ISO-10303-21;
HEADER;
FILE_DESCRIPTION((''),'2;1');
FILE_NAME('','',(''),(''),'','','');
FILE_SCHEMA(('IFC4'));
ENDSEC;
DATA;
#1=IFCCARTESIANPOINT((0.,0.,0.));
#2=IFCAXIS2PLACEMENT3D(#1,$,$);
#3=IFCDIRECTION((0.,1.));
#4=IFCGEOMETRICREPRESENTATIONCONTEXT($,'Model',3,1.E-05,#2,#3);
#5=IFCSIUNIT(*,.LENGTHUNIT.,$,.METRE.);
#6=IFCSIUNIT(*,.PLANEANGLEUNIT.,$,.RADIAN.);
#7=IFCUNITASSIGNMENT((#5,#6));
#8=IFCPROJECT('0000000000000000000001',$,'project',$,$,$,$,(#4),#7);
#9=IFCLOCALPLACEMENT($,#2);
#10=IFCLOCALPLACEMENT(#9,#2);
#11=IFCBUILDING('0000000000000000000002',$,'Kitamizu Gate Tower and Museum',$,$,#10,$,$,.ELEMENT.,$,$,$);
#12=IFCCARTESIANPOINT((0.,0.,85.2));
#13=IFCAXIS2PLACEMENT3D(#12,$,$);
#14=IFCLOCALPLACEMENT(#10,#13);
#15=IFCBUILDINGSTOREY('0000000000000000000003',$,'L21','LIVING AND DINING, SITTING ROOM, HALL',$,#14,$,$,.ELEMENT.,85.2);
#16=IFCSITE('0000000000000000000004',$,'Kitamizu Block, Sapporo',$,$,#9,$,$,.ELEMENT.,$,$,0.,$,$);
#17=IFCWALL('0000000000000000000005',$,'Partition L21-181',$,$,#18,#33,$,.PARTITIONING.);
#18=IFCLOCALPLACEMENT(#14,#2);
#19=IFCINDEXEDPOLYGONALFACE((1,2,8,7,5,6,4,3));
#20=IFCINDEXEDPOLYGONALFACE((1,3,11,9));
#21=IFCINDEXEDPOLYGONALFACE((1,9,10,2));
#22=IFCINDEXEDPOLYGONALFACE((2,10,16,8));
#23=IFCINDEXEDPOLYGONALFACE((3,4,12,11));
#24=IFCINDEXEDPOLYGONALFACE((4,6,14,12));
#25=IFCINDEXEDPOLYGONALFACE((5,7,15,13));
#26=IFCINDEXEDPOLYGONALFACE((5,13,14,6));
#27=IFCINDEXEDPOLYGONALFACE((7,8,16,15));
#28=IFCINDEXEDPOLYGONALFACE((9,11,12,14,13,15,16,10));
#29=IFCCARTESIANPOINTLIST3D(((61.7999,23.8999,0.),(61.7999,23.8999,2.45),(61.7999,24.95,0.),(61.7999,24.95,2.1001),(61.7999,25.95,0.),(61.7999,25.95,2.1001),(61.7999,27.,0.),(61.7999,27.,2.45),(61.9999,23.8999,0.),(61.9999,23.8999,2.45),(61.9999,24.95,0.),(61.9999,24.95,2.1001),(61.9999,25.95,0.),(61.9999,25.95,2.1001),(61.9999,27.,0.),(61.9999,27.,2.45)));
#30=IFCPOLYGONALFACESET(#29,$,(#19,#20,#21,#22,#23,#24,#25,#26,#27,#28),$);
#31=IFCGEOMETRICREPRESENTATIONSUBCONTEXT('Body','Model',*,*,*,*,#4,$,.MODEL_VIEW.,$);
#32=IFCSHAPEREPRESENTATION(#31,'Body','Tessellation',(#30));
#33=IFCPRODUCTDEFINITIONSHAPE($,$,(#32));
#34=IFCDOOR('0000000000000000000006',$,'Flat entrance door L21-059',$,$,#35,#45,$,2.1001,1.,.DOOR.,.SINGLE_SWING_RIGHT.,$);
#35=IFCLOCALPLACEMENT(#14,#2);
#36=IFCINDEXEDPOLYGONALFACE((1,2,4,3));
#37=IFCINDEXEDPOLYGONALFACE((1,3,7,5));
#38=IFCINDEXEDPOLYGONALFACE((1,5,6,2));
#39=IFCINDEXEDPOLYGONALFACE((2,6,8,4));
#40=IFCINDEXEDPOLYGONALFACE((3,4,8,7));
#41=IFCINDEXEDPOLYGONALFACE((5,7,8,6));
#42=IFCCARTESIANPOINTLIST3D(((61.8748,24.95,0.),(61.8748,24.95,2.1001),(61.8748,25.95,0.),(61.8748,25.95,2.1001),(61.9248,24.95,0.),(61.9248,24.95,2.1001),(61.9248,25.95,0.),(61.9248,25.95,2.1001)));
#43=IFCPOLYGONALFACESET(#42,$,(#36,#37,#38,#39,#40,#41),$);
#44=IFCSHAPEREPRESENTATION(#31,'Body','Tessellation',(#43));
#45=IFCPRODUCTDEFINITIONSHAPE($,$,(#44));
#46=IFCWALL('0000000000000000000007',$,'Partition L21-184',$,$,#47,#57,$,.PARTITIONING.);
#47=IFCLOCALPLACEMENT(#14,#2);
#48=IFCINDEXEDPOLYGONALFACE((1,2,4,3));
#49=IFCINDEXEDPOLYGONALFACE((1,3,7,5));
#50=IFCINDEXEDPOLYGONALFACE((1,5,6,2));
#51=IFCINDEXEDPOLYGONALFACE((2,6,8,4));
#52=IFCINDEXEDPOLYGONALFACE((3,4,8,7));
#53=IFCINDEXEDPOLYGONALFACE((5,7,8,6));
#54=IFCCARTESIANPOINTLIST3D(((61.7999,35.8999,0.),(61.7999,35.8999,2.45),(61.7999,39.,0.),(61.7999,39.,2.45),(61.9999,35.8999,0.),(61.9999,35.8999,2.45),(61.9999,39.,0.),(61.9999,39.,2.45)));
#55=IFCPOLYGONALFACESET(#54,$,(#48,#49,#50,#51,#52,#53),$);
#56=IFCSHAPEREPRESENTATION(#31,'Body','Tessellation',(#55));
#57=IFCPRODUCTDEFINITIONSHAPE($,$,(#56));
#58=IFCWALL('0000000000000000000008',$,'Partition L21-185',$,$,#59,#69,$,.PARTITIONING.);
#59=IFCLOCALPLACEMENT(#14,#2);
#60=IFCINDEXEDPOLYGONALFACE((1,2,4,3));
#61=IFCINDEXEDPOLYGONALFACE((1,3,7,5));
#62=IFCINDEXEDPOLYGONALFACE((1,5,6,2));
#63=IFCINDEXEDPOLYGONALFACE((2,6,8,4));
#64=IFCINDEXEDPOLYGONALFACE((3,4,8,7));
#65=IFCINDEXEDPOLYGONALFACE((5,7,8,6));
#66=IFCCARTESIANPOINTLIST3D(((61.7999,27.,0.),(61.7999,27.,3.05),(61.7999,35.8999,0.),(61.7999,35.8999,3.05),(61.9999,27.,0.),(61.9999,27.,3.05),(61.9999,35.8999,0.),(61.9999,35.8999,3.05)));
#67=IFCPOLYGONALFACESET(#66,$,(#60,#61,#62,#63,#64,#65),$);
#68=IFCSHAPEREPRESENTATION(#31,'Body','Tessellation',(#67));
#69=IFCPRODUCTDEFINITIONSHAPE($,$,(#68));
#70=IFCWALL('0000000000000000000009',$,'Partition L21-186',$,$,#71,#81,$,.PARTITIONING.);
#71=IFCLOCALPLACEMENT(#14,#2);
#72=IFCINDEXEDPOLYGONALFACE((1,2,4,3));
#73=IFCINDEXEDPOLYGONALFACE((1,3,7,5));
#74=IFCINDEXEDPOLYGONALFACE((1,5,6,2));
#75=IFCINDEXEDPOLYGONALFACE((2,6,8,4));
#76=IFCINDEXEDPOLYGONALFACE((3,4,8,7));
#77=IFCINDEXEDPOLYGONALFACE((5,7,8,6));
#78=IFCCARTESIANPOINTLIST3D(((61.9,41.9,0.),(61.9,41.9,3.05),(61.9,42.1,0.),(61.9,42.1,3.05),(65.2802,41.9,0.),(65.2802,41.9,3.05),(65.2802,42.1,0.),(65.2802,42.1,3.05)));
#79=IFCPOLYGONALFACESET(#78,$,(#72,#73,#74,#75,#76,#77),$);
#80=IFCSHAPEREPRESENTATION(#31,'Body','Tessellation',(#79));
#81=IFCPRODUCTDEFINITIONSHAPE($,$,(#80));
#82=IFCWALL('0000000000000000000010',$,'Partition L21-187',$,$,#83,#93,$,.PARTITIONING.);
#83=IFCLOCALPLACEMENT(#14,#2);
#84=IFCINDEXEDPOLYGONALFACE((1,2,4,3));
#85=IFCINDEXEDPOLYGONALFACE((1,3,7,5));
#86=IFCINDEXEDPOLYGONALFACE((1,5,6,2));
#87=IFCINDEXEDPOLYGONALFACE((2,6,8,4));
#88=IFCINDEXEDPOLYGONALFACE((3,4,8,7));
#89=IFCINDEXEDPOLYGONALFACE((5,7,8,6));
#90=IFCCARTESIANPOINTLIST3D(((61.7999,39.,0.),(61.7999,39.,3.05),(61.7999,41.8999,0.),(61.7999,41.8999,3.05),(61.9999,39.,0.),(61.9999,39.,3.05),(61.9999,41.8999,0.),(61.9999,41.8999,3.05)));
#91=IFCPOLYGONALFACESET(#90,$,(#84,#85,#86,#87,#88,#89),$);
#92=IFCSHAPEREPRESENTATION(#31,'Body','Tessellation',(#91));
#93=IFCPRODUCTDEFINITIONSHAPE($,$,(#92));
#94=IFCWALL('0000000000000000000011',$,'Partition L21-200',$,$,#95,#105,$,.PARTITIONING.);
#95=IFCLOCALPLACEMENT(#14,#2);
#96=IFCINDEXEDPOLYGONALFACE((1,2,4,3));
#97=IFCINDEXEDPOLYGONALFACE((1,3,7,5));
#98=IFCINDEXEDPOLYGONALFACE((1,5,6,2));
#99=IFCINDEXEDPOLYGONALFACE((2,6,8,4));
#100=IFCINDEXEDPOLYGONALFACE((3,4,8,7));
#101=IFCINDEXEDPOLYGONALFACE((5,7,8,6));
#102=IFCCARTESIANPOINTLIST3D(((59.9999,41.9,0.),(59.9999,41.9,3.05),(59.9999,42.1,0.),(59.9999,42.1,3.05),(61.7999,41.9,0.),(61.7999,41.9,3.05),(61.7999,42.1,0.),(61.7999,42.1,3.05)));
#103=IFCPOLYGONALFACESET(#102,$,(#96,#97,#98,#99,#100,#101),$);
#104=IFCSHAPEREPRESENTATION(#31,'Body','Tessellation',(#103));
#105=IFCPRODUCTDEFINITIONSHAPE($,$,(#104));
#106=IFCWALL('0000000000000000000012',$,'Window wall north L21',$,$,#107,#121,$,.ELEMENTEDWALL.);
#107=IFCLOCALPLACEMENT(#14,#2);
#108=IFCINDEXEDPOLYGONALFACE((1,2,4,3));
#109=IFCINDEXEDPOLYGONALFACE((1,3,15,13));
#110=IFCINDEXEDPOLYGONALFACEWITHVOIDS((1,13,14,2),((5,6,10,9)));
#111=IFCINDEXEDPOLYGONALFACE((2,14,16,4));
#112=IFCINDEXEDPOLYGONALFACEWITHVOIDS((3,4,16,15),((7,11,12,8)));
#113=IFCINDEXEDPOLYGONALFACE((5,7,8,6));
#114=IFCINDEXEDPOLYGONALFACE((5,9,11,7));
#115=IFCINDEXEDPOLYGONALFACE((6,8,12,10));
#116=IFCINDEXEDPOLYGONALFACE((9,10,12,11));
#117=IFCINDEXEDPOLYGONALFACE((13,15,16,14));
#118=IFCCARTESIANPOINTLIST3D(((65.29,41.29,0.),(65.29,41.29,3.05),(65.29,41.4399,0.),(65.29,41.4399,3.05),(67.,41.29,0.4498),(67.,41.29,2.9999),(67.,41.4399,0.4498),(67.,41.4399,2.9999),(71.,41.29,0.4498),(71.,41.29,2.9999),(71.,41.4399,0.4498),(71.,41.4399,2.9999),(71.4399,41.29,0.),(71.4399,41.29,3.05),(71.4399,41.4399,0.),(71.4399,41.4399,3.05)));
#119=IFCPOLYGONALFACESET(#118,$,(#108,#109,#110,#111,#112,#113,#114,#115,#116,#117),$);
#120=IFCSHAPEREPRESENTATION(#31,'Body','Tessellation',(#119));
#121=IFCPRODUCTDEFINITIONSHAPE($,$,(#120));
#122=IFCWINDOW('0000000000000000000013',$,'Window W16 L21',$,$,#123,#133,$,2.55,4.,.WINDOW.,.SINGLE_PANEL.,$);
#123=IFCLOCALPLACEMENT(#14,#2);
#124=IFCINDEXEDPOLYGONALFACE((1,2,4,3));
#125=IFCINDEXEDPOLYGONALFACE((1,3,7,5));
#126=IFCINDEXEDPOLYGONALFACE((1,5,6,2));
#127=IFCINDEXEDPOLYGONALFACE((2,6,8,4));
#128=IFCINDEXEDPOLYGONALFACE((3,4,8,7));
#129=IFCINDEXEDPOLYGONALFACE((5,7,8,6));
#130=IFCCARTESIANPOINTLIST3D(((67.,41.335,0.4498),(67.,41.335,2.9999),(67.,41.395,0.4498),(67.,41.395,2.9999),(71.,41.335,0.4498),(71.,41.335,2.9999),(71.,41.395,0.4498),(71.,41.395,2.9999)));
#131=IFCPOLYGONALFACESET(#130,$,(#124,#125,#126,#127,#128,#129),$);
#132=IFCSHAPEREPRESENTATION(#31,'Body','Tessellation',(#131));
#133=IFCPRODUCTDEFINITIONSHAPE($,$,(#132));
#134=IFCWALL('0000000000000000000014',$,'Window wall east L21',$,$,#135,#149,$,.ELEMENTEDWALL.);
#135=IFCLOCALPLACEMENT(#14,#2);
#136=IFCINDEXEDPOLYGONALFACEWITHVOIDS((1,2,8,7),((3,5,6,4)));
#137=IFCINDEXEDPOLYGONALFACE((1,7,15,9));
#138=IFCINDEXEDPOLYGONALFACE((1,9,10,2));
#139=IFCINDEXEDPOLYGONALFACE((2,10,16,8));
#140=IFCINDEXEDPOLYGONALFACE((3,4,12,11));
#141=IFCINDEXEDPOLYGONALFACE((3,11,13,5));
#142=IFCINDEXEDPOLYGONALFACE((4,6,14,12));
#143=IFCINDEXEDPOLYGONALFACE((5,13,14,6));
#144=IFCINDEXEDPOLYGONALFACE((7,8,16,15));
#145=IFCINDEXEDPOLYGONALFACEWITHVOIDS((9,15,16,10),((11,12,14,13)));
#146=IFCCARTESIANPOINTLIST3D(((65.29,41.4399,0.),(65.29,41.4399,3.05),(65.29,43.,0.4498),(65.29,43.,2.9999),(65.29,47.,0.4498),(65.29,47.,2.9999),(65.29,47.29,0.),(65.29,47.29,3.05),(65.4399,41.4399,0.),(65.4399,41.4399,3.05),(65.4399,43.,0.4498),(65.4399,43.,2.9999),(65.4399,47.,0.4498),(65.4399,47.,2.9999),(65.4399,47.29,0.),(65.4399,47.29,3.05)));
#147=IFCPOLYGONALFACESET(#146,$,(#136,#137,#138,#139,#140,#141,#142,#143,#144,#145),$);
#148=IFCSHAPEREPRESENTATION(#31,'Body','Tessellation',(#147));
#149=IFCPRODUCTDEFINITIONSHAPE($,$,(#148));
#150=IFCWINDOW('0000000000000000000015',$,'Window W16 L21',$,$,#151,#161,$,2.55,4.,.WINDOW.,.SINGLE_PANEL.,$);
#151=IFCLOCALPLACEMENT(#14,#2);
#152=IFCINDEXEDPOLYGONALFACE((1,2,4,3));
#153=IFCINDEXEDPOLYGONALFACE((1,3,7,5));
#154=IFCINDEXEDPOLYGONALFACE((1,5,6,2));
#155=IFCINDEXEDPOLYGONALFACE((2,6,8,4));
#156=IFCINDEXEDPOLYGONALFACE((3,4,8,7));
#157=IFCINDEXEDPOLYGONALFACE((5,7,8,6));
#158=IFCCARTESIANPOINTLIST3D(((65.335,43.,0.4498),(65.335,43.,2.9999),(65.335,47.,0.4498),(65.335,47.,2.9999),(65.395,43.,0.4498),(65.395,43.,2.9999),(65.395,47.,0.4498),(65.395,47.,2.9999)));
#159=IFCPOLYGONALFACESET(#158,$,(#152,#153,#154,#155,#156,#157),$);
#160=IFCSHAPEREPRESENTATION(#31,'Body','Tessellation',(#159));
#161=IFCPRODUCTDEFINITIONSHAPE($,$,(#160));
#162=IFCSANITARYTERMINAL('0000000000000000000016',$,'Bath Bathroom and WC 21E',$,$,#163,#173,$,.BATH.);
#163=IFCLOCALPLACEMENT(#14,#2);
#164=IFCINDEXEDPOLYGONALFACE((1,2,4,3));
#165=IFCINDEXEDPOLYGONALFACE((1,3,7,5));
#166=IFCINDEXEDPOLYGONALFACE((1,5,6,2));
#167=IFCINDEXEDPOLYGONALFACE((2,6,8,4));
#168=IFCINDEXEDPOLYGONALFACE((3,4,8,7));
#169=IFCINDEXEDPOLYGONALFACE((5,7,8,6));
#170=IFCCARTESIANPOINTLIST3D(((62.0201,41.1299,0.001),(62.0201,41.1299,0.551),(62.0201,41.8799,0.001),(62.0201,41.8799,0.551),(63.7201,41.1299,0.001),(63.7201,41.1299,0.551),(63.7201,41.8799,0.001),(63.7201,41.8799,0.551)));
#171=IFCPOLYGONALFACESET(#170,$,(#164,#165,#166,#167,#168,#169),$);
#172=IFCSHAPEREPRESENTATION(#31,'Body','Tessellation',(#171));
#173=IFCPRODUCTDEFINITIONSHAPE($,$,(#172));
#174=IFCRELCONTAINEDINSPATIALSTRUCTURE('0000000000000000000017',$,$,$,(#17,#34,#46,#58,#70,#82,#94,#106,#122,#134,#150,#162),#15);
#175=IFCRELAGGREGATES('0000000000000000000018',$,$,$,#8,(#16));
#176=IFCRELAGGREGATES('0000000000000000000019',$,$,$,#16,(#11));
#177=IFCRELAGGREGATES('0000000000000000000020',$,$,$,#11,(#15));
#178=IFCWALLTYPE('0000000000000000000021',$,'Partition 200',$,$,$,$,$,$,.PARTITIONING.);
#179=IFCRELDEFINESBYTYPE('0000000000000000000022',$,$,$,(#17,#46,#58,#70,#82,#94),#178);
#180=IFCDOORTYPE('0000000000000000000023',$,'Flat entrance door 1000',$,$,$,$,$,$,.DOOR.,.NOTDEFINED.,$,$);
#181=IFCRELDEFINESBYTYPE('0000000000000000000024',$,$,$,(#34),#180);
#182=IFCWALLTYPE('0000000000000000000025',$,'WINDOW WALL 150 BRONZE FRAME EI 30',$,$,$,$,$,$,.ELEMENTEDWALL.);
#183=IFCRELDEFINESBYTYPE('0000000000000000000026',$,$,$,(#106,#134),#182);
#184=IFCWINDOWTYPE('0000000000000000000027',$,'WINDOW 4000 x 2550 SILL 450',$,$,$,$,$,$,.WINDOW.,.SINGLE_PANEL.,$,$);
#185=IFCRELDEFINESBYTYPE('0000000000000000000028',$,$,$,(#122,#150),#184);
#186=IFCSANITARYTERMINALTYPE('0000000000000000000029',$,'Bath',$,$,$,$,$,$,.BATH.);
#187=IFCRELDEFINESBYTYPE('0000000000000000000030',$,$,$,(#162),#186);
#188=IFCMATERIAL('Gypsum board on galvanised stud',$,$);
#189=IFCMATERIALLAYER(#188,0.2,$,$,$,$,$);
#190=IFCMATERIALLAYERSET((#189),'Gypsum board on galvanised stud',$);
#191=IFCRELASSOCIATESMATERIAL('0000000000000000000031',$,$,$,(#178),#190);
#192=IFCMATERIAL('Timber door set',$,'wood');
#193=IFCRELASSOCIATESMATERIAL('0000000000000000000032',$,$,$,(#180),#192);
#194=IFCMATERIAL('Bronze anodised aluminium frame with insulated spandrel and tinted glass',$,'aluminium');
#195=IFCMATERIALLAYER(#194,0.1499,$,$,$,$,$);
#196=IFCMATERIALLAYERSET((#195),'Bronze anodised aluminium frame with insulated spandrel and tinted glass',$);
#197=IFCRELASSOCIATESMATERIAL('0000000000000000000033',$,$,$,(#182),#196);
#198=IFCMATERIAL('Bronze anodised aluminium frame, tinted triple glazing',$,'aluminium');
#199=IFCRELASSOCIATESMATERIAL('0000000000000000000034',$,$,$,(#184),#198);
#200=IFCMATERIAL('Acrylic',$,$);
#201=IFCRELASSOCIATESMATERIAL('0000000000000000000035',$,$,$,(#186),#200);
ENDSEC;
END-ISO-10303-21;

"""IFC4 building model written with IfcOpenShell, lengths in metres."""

from ifc_helpers import new_model, si_unit, direction, frame, frame_2d, origin, origin_2d, place, context, subcontext, project, spatial, rectangle, extrude, material, layer, layer_set, type_object, element, fill, save


model = new_model("IFC4")

# Units and contexts
model_context = context("Model", 3, precision=1e-05, world=origin(), true_north=direction((0.0, 1.0)))
body_context = subcontext(model_context, "Body", "Model", "MODEL_VIEW")
ifc_project = project(units=[si_unit("LENGTHUNIT", "METRE"), si_unit("PLANEANGLEUNIT", "RADIAN")], contexts=[model_context])

# Site, building, storey
site_placement = place(None, origin())
site = spatial("IfcSite", under=ifc_project, at=site_placement, Name="Kitamizu Block, Sapporo", CompositionType="ELEMENT", RefElevation=0.0)
building_placement = place(site_placement, origin())
building = spatial("IfcBuilding", under=site, at=building_placement, Name="Kitamizu Gate Tower and Museum", CompositionType="ELEMENT")
storey_placement = place(building_placement, frame((0.0, 0.0, 85.2)))
storey = spatial("IfcBuildingStorey", under=building, at=storey_placement, Name="L21", Description="LIVING AND DINING, SITTING ROOM, HALL", CompositionType="ELEMENT", Elevation=85.2)

# Wall, opening, door
ifc_material_1 = material(Name="Gypsum board on galvanised stud")
ifc_layer_1 = layer(ifc_material_1, 0.2)
ifc_layer_set_1 = layer_set([ifc_layer_1], Name="Gypsum board on galvanised stud")
wall_type_1 = type_object("IfcWallType", Name="Partition 200", PredefinedType="PARTITIONING", material=ifc_layer_set_1)
wall_1_placement = place(storey_placement, frame((61.8999, 27.0, 0.0), z_axis=(0.0, 0.0, 1.0), x_axis=(0.0, -1.0, 0.0)))
wall_1 = element("IfcWall", 1, at=wall_1_placement, inside=storey, type_object=wall_type_1, Name="Partition L21-181", PredefinedType="PARTITIONING", context=body_context, shape_type="SweptSolid", body=[
    extrude(rectangle(XDim=3.1001, YDim=0.2, at=frame_2d((1.55, 0.0))), origin(), (0.0, 0.0, 1.0), 2.45),
])
opening_1_placement = place(wall_1_placement, frame((1.05, 0.0, 0.0)))
opening_1 = element("IfcOpeningElement", 2, at=opening_1_placement, cuts=wall_1, PredefinedType="OPENING", context=body_context, shape_type="SweptSolid", body=[
    extrude(rectangle(XDim=1.0, YDim=2.1001, at=frame_2d((0.5, 1.05))), frame((0.0, 0.1099, 0.0), z_axis=(0.0, -1.0, 0.0), x_axis=(1.0, 0.0, 0.0)), (0.0, 0.0, 1.0), 0.22),
])
ifc_material_2 = material(Name="Timber door set", Category="wood")
door_type_1 = type_object("IfcDoorType", Name="Flat entrance door 1000", OperationType="NOTDEFINED", PredefinedType="DOOR", material=ifc_material_2)
door_1_placement = place(opening_1_placement, origin())
door_1 = element("IfcDoor", 3, at=door_1_placement, inside=storey, type_object=door_type_1, Name="Flat entrance door L21-059", OperationType="SINGLE_SWING_RIGHT", OverallHeight=2.1001, OverallWidth=1.0, PredefinedType="DOOR", context=body_context, shape_type="SweptSolid", body=[
    extrude(rectangle(XDim=1.0, YDim=2.1001, at=frame_2d((0.5, 1.05))), frame((0.0, 0.0249, 0.0), z_axis=(0.0, -1.0, 0.0), x_axis=(1.0, 0.0, 0.0)), (0.0, 0.0, 1.0), 0.05),
])
fill(opening_1, door_1)

# Walls
wall_2_placement = place(storey_placement, frame((61.8999, 39.0, 0.0), z_axis=(0.0, 0.0, 1.0), x_axis=(0.0, -1.0, 0.0)))
element("IfcWall", 4, at=wall_2_placement, inside=storey, type_object=wall_type_1, Name="Partition L21-184", PredefinedType="PARTITIONING", context=body_context, shape_type="SweptSolid", body=[
    extrude(rectangle(XDim=3.1001, YDim=0.2, at=frame_2d((1.55, 0.0))), origin(), (0.0, 0.0, 1.0), 2.45),
])
wall_3_placement = place(storey_placement, frame((61.8999, 35.8999, 0.0), z_axis=(0.0, 0.0, 1.0), x_axis=(0.0, -1.0, 0.0)))
element("IfcWall", 5, at=wall_3_placement, inside=storey, type_object=wall_type_1, Name="Partition L21-185", PredefinedType="PARTITIONING", context=body_context, shape_type="SweptSolid", body=[
    extrude(rectangle(XDim=8.8999, YDim=0.2, at=frame_2d((4.45, 0.0))), origin(), (0.0, 0.0, 1.0), 3.05),
])
wall_4_placement = place(storey_placement, frame((65.28, 42.0, 0.0), z_axis=(0.0, 0.0, 1.0), x_axis=(-1.0, 0.0, 0.0)))
element("IfcWall", 6, at=wall_4_placement, inside=storey, type_object=wall_type_1, Name="Partition L21-186", PredefinedType="PARTITIONING", context=body_context, shape_type="SweptSolid", body=[
    extrude(rectangle(XDim=3.3801, YDim=0.2, at=frame_2d((1.6899, 0.0))), origin(), (0.0, 0.0, 1.0), 3.05),
])
wall_5_placement = place(storey_placement, frame((61.8999, 41.8999, 0.0), z_axis=(0.0, 0.0, 1.0), x_axis=(0.0, -1.0, 0.0)))
element("IfcWall", 7, at=wall_5_placement, inside=storey, type_object=wall_type_1, Name="Partition L21-187", PredefinedType="PARTITIONING", context=body_context, shape_type="SweptSolid", body=[
    extrude(rectangle(XDim=2.8999, YDim=0.2, at=frame_2d((1.45, 0.0))), origin(), (0.0, 0.0, 1.0), 3.05),
])
wall_6_placement = place(storey_placement, frame((60.0, 42.0, 0.0), z_axis=(0.0, 0.0, 1.0), x_axis=(1.0, 0.0, 0.0)))
element("IfcWall", 8, at=wall_6_placement, inside=storey, type_object=wall_type_1, Name="Partition L21-200", PredefinedType="PARTITIONING", context=body_context, shape_type="SweptSolid", body=[
    extrude(rectangle(XDim=1.8, YDim=0.2, at=frame_2d((0.8999, 0.0))), origin(), (0.0, 0.0, 1.0), 3.05),
])

# Walls, openings, windows
ifc_material_3 = material(Name="Bronze anodised aluminium frame with insulated spandrel and tinted glass", Category="aluminium")
ifc_layer_2 = layer(ifc_material_3, 0.1499)
ifc_layer_set_2 = layer_set([ifc_layer_2], Name="Bronze anodised aluminium frame with insulated spandrel and tinted glass")
wall_type_2 = type_object("IfcWallType", Name="WINDOW WALL 150 BRONZE FRAME EI 30", PredefinedType="ELEMENTEDWALL", material=ifc_layer_set_2)
wall_7_placement = place(storey_placement, frame((65.29, 41.365, 0.0), z_axis=(0.0, 0.0, 1.0), x_axis=(1.0, 0.0, 0.0)))
wall_7 = element("IfcWall", 9, at=wall_7_placement, inside=storey, type_object=wall_type_2, Name="Window wall north L21", PredefinedType="ELEMENTEDWALL", context=body_context, shape_type="SweptSolid", body=[
    extrude(rectangle(XDim=6.1499, YDim=0.1499, at=frame_2d((3.075, 0.0))), origin(), (0.0, 0.0, 1.0), 3.05),
])
opening_2_placement = place(wall_7_placement, frame((1.71, 0.0, 0.45)))
opening_2 = element("IfcOpeningElement", 10, at=opening_2_placement, cuts=wall_7, PredefinedType="OPENING", context=body_context, shape_type="SweptSolid", body=[
    extrude(rectangle(XDim=4.0, YDim=2.55, at=frame_2d((2.0, 1.2749))), frame((0.0, 0.085, 0.0), z_axis=(0.0, -1.0, 0.0), x_axis=(1.0, 0.0, 0.0)), (0.0, 0.0, 1.0), 0.1699),
])
ifc_material_4 = material(Name="Bronze anodised aluminium frame, tinted triple glazing", Category="aluminium")
window_type = type_object("IfcWindowType", Name="WINDOW 4000 x 2550 SILL 450", PartitioningType="SINGLE_PANEL", PredefinedType="WINDOW", material=ifc_material_4)
window_1_placement = place(opening_2_placement, origin())
window_1 = element("IfcWindow", 11, at=window_1_placement, inside=storey, type_object=window_type, Name="Window W16 L21", OverallHeight=2.55, OverallWidth=4.0, PartitioningType="SINGLE_PANEL", PredefinedType="WINDOW", context=body_context, shape_type="SweptSolid", body=[
    extrude(rectangle(XDim=4.0, YDim=2.55, at=frame_2d((2.0, 1.2749))), frame((0.0, 0.03, 0.0), z_axis=(0.0, -1.0, 0.0), x_axis=(1.0, 0.0, 0.0)), (0.0, 0.0, 1.0), 0.0601),
])
fill(opening_2, window_1)
wall_8_placement = place(storey_placement, frame((65.365, 41.4399, 0.0), z_axis=(0.0, 0.0, 1.0), x_axis=(0.0, 1.0, 0.0)))
wall_8 = element("IfcWall", 12, at=wall_8_placement, inside=storey, type_object=wall_type_2, Name="Window wall east L21", PredefinedType="ELEMENTEDWALL", context=body_context, shape_type="SweptSolid", body=[
    extrude(rectangle(XDim=5.8501, YDim=0.1499, at=frame_2d((2.925, 0.0))), origin(), (0.0, 0.0, 1.0), 3.05),
])
opening_3_placement = place(wall_8_placement, frame((1.5601, 0.0, 0.45)))
opening_3 = element("IfcOpeningElement", 13, at=opening_3_placement, cuts=wall_8, PredefinedType="OPENING", context=body_context, shape_type="SweptSolid", body=[
    extrude(rectangle(XDim=4.0, YDim=2.55, at=frame_2d((2.0, 1.2749))), frame((0.0, 0.085, 0.0), z_axis=(0.0, -1.0, 0.0), x_axis=(1.0, 0.0, 0.0)), (0.0, 0.0, 1.0), 0.1699),
])
window_2_placement = place(opening_3_placement, origin())
window_2 = element("IfcWindow", 14, at=window_2_placement, inside=storey, type_object=window_type, Name="Window W16 L21", OverallHeight=2.55, OverallWidth=4.0, PartitioningType="SINGLE_PANEL", PredefinedType="WINDOW", context=body_context, shape_type="SweptSolid", body=[
    extrude(rectangle(XDim=4.0, YDim=2.55, at=frame_2d((2.0, 1.2749))), frame((0.0, 0.03, 0.0), z_axis=(0.0, -1.0, 0.0), x_axis=(1.0, 0.0, 0.0)), (0.0, 0.0, 1.0), 0.0601),
])
fill(opening_3, window_2)

# Sanitary terminal
ifc_material_5 = material(Name="Acrylic")
sanitary_terminal_type_1 = type_object("IfcSanitaryTerminalType", Name="Bath", PredefinedType="BATH", material=ifc_material_5)
sanitary_terminal_1_placement = place(storey_placement, frame((62.8701, 41.5049, 0.001), z_axis=(0.0, 0.0, 1.0), x_axis=(1.0, 0.0, 0.0)))
element("IfcSanitaryTerminal", 15, at=sanitary_terminal_1_placement, inside=storey, type_object=sanitary_terminal_type_1, Name="Bath Bathroom and WC 21E", PredefinedType="BATH", context=body_context, shape_type="SweptSolid", body=[
    extrude(rectangle(XDim=1.7, YDim=0.75, at=origin_2d()), origin(), (0.0, 0.0, 1.0), 0.55),
])

save(model, "model.ifc")
